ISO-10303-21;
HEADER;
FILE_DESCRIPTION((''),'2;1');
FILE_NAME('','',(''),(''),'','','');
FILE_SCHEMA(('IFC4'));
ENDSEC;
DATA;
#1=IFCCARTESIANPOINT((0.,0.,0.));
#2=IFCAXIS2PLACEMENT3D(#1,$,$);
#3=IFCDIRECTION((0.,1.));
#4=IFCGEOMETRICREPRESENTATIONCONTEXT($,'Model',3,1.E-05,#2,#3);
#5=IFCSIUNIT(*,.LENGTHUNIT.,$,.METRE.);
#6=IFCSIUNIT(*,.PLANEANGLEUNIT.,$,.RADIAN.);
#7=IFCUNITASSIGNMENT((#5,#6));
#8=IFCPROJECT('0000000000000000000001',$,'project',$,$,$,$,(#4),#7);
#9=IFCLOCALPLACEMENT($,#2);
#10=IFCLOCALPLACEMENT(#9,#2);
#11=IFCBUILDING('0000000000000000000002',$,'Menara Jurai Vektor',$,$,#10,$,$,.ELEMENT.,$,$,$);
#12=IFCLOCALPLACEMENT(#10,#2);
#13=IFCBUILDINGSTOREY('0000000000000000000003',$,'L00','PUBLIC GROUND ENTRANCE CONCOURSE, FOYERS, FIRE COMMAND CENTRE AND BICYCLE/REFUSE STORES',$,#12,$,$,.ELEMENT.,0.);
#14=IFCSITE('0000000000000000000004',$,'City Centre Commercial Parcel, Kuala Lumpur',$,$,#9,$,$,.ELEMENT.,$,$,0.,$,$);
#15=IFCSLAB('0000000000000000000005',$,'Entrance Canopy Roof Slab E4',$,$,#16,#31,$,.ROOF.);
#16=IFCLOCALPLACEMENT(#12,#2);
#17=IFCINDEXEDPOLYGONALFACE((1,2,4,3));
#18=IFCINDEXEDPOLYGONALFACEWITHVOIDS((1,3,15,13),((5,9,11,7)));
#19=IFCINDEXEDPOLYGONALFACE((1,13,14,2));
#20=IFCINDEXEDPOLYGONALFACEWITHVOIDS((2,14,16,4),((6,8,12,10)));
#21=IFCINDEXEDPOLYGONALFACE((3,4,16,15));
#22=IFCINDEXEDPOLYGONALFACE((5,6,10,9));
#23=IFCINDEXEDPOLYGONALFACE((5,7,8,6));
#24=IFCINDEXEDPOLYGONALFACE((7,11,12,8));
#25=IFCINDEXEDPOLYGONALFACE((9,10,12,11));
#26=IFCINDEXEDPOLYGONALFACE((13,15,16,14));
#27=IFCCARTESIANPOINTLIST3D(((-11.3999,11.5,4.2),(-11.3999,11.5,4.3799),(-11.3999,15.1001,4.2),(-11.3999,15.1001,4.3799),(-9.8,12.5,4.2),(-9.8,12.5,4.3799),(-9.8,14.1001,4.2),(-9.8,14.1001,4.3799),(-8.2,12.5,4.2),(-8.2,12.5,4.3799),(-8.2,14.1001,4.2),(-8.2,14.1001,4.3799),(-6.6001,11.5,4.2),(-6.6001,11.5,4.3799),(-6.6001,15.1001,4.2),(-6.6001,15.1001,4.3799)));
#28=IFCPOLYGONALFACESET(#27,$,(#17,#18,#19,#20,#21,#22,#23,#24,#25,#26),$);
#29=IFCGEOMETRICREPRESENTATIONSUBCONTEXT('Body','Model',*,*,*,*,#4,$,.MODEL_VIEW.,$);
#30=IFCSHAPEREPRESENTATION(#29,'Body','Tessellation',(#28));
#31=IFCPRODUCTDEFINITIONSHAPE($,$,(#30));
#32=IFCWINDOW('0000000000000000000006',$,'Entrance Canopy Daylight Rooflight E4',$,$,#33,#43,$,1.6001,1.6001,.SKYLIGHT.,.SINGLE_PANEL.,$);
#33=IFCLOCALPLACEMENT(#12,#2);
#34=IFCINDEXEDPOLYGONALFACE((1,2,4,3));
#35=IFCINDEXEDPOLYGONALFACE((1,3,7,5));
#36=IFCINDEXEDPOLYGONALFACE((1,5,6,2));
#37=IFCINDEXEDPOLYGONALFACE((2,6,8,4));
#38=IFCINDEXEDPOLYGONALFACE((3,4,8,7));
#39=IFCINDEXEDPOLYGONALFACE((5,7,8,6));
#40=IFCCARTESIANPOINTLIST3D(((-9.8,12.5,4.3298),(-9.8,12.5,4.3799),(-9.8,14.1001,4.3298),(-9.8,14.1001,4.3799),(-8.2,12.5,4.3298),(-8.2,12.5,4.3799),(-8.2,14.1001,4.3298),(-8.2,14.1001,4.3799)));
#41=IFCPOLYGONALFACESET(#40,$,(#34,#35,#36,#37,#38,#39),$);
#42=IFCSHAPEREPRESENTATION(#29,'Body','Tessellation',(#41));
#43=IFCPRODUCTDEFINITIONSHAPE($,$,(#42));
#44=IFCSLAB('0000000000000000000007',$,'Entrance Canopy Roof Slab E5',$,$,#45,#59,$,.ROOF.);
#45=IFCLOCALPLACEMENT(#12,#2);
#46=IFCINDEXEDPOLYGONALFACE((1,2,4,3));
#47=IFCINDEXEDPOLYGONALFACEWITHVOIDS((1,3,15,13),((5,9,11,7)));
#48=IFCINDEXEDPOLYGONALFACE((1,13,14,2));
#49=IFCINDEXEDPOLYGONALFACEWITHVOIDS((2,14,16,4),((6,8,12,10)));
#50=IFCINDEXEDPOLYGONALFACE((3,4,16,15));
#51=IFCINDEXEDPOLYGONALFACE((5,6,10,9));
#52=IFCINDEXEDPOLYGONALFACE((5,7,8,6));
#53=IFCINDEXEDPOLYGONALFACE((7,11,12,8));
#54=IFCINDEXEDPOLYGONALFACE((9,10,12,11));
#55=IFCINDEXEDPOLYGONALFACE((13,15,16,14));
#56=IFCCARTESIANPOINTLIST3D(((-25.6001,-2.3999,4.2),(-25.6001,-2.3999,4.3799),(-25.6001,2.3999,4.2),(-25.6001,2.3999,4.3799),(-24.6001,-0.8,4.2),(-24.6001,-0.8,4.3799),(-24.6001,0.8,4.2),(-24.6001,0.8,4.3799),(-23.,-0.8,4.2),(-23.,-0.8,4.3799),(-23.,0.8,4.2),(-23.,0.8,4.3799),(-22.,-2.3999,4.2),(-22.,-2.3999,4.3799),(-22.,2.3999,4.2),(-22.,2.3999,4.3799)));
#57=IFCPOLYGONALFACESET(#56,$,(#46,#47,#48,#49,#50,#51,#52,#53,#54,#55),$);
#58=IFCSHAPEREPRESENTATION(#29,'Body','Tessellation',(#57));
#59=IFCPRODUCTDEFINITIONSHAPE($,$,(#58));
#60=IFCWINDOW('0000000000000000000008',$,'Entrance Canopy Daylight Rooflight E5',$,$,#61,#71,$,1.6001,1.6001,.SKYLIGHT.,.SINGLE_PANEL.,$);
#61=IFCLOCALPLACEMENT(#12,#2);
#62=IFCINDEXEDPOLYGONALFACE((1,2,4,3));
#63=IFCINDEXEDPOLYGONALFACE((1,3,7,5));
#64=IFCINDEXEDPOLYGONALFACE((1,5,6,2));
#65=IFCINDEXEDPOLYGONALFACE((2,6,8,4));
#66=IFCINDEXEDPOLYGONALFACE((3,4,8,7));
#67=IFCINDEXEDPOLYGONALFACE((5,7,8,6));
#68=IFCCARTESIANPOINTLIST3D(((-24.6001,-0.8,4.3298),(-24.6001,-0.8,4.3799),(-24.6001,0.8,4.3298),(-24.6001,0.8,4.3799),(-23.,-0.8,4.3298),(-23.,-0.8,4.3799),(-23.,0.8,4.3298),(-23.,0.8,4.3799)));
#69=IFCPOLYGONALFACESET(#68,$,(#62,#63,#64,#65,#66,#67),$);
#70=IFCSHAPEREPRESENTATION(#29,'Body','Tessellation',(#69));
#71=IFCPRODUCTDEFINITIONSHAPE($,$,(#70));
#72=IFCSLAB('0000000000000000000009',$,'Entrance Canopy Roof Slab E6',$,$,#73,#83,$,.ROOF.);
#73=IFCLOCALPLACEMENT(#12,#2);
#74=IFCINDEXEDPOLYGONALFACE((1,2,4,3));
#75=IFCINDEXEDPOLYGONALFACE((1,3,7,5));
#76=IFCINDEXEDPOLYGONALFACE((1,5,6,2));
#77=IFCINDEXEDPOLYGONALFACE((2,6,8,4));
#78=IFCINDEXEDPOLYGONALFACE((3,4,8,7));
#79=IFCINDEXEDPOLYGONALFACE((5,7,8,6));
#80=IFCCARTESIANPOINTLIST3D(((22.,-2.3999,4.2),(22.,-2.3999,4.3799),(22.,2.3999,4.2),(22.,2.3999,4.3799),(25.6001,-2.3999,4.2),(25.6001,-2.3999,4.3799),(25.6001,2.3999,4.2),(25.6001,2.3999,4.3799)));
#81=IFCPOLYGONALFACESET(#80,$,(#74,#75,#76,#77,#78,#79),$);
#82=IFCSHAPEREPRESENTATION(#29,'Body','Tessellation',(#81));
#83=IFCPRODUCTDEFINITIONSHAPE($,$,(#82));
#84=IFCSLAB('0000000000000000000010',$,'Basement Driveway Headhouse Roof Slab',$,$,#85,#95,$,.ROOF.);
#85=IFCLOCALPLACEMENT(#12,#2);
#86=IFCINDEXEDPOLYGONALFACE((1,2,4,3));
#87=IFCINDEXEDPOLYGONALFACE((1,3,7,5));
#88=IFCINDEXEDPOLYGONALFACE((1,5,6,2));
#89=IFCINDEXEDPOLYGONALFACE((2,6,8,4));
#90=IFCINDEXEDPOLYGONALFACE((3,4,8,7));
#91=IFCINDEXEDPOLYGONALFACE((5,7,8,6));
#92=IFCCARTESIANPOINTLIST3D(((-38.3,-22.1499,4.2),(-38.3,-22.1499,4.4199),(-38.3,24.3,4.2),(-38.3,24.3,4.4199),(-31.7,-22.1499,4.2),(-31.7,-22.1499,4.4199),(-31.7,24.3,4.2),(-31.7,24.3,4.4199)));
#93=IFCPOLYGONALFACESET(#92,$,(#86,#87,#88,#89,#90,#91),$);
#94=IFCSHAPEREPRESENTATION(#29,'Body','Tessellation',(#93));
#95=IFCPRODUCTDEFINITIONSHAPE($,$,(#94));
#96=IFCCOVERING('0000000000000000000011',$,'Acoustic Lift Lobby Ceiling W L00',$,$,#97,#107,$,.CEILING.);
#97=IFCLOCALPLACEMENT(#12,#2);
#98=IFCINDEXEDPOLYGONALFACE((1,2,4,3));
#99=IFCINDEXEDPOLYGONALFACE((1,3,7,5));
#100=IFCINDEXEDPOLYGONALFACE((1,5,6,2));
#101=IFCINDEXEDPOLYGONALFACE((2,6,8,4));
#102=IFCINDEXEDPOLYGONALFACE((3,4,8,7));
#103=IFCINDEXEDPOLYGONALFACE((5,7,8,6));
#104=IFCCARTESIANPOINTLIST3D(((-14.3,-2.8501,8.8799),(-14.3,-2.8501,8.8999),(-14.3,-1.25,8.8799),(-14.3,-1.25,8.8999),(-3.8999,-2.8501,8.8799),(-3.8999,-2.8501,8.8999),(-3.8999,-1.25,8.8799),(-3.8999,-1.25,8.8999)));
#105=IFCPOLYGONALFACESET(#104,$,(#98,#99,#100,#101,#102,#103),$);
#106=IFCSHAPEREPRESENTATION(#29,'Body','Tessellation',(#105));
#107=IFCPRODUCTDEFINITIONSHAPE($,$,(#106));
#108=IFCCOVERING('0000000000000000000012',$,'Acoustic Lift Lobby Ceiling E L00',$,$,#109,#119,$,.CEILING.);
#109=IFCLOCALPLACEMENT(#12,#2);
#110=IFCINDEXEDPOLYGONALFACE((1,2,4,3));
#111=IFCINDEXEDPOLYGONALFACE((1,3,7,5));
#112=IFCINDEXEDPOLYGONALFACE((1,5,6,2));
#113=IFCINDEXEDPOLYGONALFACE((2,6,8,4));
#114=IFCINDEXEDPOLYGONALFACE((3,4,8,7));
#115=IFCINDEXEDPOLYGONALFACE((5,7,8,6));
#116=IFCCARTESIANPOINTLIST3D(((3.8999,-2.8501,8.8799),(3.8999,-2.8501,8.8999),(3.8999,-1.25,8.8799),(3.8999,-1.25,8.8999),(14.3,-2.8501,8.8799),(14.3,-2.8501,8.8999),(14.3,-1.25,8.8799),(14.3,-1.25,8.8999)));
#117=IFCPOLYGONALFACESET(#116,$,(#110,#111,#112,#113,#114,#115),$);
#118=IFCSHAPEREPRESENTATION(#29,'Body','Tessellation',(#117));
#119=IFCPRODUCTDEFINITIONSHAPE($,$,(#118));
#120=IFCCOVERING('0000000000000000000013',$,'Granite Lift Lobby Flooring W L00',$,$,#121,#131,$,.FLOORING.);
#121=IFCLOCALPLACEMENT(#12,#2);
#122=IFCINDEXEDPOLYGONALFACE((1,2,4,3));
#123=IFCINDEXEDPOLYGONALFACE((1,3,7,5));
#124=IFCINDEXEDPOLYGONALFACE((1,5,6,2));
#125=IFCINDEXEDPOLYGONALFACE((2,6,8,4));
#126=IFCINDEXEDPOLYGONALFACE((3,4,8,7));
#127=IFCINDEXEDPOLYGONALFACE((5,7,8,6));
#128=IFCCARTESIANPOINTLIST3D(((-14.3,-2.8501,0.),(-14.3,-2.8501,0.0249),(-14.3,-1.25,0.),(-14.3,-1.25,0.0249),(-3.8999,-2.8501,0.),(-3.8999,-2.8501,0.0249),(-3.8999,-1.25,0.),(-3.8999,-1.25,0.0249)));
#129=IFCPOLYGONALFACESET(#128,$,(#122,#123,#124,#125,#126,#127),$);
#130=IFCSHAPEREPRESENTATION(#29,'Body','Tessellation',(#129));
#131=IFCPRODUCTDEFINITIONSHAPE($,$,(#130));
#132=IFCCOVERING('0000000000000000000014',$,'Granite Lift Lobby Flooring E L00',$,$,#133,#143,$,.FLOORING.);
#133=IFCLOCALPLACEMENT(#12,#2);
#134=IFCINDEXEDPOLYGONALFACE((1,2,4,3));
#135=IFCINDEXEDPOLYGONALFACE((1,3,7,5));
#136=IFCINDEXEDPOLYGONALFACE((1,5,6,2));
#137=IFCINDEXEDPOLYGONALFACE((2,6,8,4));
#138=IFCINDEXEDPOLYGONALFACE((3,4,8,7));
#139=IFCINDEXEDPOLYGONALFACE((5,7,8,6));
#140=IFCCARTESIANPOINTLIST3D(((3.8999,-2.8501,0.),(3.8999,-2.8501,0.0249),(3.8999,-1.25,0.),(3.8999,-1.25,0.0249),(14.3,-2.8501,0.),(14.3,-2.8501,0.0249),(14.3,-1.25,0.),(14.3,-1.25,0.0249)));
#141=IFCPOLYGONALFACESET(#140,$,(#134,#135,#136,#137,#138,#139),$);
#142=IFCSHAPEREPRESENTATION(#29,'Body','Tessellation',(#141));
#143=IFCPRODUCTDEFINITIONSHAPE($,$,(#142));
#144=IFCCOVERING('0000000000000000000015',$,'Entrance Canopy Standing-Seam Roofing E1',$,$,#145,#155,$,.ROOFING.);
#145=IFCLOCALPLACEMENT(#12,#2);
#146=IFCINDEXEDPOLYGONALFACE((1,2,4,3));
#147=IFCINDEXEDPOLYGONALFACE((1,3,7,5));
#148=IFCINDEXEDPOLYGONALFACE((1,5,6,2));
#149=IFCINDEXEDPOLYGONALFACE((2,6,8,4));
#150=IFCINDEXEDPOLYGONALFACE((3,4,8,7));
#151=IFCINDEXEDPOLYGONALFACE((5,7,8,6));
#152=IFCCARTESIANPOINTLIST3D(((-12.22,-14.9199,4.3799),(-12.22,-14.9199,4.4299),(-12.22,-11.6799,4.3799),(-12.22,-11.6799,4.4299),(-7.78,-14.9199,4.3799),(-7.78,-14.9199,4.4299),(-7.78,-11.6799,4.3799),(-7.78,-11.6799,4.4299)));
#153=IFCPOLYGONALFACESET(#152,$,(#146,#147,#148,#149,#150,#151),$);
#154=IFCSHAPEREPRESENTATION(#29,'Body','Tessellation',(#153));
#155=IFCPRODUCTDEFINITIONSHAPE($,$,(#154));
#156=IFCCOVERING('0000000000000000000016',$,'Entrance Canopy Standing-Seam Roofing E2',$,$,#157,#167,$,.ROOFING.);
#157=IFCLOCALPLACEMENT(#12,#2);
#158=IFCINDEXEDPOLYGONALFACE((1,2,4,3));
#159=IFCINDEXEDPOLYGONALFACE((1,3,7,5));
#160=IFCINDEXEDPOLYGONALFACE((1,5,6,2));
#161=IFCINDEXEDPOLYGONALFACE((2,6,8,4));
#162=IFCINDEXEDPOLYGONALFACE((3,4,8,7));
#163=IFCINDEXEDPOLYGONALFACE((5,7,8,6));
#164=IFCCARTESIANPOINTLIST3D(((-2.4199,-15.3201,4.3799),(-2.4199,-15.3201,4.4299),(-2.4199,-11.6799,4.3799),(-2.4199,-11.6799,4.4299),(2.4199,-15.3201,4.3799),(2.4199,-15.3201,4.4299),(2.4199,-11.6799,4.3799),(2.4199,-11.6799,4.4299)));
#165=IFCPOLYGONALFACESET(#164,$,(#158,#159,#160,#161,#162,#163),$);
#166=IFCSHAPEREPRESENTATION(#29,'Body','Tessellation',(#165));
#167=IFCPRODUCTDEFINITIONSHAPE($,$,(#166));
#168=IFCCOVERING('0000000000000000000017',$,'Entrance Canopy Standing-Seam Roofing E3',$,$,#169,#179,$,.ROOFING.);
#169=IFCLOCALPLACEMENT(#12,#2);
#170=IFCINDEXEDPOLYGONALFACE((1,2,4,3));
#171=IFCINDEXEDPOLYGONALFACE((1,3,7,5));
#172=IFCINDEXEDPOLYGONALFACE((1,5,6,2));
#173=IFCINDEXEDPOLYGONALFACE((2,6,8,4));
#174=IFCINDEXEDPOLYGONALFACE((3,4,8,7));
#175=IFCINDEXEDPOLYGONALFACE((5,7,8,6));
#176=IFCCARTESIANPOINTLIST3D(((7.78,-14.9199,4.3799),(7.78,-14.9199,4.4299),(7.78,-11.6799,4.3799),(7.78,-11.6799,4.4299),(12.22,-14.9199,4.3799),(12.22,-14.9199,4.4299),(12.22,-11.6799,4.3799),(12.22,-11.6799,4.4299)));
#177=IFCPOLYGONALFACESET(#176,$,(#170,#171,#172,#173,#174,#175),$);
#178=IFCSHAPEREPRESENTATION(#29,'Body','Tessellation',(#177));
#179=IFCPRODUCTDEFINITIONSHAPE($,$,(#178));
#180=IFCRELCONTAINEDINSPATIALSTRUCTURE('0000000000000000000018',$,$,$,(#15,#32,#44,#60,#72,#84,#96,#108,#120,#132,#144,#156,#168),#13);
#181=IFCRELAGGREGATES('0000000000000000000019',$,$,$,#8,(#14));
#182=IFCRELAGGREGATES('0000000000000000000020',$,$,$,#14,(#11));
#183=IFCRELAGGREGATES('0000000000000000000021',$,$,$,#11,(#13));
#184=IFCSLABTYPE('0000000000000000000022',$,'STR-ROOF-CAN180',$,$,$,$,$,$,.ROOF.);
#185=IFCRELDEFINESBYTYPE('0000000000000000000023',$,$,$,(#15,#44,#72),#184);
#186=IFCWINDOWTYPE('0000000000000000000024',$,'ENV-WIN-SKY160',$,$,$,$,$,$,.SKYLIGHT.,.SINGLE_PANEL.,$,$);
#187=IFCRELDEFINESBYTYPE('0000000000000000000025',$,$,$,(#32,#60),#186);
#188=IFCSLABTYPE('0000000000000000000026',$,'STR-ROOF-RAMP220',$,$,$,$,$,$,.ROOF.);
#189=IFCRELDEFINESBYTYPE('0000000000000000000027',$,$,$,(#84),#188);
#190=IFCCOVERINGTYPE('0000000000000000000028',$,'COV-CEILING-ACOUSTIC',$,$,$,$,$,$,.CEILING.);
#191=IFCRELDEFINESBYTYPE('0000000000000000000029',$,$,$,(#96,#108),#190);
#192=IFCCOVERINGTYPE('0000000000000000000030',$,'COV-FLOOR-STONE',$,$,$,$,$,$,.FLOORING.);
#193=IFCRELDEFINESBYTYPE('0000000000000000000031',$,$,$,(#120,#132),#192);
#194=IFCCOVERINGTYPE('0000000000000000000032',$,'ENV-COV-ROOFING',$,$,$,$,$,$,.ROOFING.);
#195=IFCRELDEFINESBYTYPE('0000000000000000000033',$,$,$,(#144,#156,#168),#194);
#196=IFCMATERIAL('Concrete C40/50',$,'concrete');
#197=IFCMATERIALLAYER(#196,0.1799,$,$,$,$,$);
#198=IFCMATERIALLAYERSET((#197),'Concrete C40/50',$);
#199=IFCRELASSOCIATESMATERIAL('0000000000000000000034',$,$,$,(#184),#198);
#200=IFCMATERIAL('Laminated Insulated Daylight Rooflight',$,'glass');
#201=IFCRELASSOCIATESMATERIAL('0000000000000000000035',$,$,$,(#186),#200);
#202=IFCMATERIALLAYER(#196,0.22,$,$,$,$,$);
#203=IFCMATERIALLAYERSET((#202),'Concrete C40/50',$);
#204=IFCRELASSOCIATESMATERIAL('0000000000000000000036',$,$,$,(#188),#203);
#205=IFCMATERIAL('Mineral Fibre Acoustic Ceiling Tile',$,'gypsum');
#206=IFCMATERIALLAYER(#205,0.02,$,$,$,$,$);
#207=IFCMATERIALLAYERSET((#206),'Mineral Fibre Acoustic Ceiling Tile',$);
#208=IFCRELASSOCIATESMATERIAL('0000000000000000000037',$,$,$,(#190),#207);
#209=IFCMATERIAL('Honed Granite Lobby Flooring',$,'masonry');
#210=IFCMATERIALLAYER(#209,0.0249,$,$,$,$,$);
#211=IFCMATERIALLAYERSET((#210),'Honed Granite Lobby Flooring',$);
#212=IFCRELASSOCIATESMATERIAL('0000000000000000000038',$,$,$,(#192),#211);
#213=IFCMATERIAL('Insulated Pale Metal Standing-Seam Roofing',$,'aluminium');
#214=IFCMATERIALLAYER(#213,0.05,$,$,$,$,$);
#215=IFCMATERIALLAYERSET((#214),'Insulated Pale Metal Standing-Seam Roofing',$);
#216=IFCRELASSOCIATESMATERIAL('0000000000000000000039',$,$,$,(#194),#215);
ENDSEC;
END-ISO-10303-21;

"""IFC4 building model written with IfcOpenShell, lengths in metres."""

from ifc_helpers import new_model, si_unit, direction, frame, origin, origin_2d, place, context, subcontext, project, spatial, polyline, rectangle, outline, extrude, material, layer, layer_set, type_object, element, fill, save


model = new_model("IFC4")

# Units and contexts
model_context = context("Model", 3, precision=1e-05, world=origin(), true_north=direction((0.0, 1.0)))
body_context = subcontext(model_context, "Body", "Model", "MODEL_VIEW")
ifc_project = project(units=[si_unit("LENGTHUNIT", "METRE"), si_unit("PLANEANGLEUNIT", "RADIAN")], contexts=[model_context])

# Site, building, storey
site_placement = place(None, origin())
site = spatial("IfcSite", under=ifc_project, at=site_placement, Name="City Centre Commercial Parcel, Kuala Lumpur", CompositionType="ELEMENT", RefElevation=0.0)
building_placement = place(site_placement, origin())
building = spatial("IfcBuilding", under=site, at=building_placement, Name="Menara Jurai Vektor", CompositionType="ELEMENT")
storey_placement = place(building_placement, origin())
storey = spatial("IfcBuildingStorey", under=building, at=storey_placement, Name="L00", Description="PUBLIC GROUND ENTRANCE CONCOURSE, FOYERS, FIRE COMMAND CENTRE AND BICYCLE/REFUSE STORES", CompositionType="ELEMENT", Elevation=0.0)

# Shared definitions
ifc_material_1 = material(Name="Concrete C40/50", Category="concrete")

# Slabs, openings, windows
ifc_layer_1 = layer(ifc_material_1, 0.1799)
ifc_layer_set_1 = layer_set([ifc_layer_1], Name="Concrete C40/50")
slab_type_1 = type_object("IfcSlabType", Name="STR-ROOF-CAN180", PredefinedType="ROOF", material=ifc_layer_set_1)
ifc_material_2 = material(Name="Laminated Insulated Daylight Rooflight", Category="glass")
window_type = type_object("IfcWindowType", Name="ENV-WIN-SKY160", PartitioningType="SINGLE_PANEL", PredefinedType="SKYLIGHT", material=ifc_material_2)
slab_1_placement = place(storey_placement, frame((0.0, 0.0, 4.2)))
slab_1 = element("IfcSlab", 1, at=slab_1_placement, inside=storey, type_object=slab_type_1, Name="Entrance Canopy Roof Slab E4", PredefinedType="ROOF", context=body_context, shape_type="SweptSolid", body=[
    extrude(outline(polyline([(-6.6001, 11.5), (-6.6001, 15.1001), (-11.3999, 15.1001), (-11.3999, 11.5), (-6.6001, 11.5)])), origin(), (0.0, 0.0, 1.0), 0.1799),
])
opening_1_placement = place(slab_1_placement, frame((-9.0, 13.3, 0.0)))
opening_1 = element("IfcOpeningElement", 2, at=opening_1_placement, cuts=slab_1, PredefinedType="OPENING", context=body_context, shape_type="SweptSolid", body=[
    extrude(rectangle(XDim=1.6001, YDim=1.6001, at=origin_2d()), frame((0.0, 0.0, -0.01)), (0.0, 0.0, 1.0), 0.2),
])
window_1_placement = place(opening_1_placement, frame((0.0, 0.0, 0.1299)))
window_1 = element("IfcWindow", 3, at=window_1_placement, inside=storey, type_object=window_type, Name="Entrance Canopy Daylight Rooflight E4", OverallHeight=1.6001, OverallWidth=1.6001, PartitioningType="SINGLE_PANEL", PredefinedType="SKYLIGHT", context=body_context, shape_type="SweptSolid", body=[
    extrude(rectangle(XDim=1.6001, YDim=1.6001, at=origin_2d()), origin(), (0.0, 0.0, 1.0), 0.05),
])
fill(opening_1, window_1)
slab_2_placement = place(storey_placement, frame((0.0, 0.0, 4.2)))
slab_2 = element("IfcSlab", 4, at=slab_2_placement, inside=storey, type_object=slab_type_1, Name="Entrance Canopy Roof Slab E5", PredefinedType="ROOF", context=body_context, shape_type="SweptSolid", body=[
    extrude(outline(polyline([(-22.0, -2.3999), (-22.0, 2.3999), (-25.6001, 2.3999), (-25.6001, -2.3999), (-22.0, -2.3999)])), origin(), (0.0, 0.0, 1.0), 0.1799),
])
opening_2_placement = place(slab_2_placement, frame((-23.8, 0.0, 0.0)))
opening_2 = element("IfcOpeningElement", 5, at=opening_2_placement, cuts=slab_2, PredefinedType="OPENING", context=body_context, shape_type="SweptSolid", body=[
    extrude(rectangle(XDim=1.6001, YDim=1.6001, at=origin_2d()), frame((0.0, 0.0, -0.01)), (0.0, 0.0, 1.0), 0.2),
])
window_2_placement = place(opening_2_placement, frame((0.0, 0.0, 0.1299)))
window_2 = element("IfcWindow", 6, at=window_2_placement, inside=storey, type_object=window_type, Name="Entrance Canopy Daylight Rooflight E5", OverallHeight=1.6001, OverallWidth=1.6001, PartitioningType="SINGLE_PANEL", PredefinedType="SKYLIGHT", context=body_context, shape_type="SweptSolid", body=[
    extrude(rectangle(XDim=1.6001, YDim=1.6001, at=origin_2d()), origin(), (0.0, 0.0, 1.0), 0.05),
])
fill(opening_2, window_2)

# Slabs
slab_3_placement = place(storey_placement, frame((0.0, 0.0, 4.2)))
element("IfcSlab", 7, at=slab_3_placement, inside=storey, type_object=slab_type_1, Name="Entrance Canopy Roof Slab E6", PredefinedType="ROOF", context=body_context, shape_type="SweptSolid", body=[
    extrude(outline(polyline([(25.6001, -2.3999), (25.6001, 2.3999), (22.0, 2.3999), (22.0, -2.3999), (25.6001, -2.3999)])), origin(), (0.0, 0.0, 1.0), 0.1799),
])
ifc_layer_2 = layer(ifc_material_1, 0.22)
ifc_layer_set_2 = layer_set([ifc_layer_2], Name="Concrete C40/50")
slab_type_2 = type_object("IfcSlabType", Name="STR-ROOF-RAMP220", PredefinedType="ROOF", material=ifc_layer_set_2)
slab_4_placement = place(storey_placement, frame((0.0, 0.0, 4.2)))
element("IfcSlab", 8, at=slab_4_placement, inside=storey, type_object=slab_type_2, Name="Basement Driveway Headhouse Roof Slab", PredefinedType="ROOF", context=body_context, shape_type="SweptSolid", body=[
    extrude(outline(polyline([(-31.7, -22.1499), (-31.7, 24.3), (-38.3, 24.3), (-38.3, -22.1499), (-31.7, -22.1499)])), origin(), (0.0, 0.0, 1.0), 0.22),
])

# Coverings
ifc_material_3 = material(Name="Mineral Fibre Acoustic Ceiling Tile", Category="gypsum")
ifc_layer_3 = layer(ifc_material_3, 0.02)
ifc_layer_set_3 = layer_set([ifc_layer_3], Name="Mineral Fibre Acoustic Ceiling Tile")
covering_type_1 = type_object("IfcCoveringType", Name="COV-CEILING-ACOUSTIC", PredefinedType="CEILING", material=ifc_layer_set_3)
covering_1_placement = place(storey_placement, frame((0.0, 0.0, 8.8799)))
element("IfcCovering", 9, at=covering_1_placement, inside=storey, type_object=covering_type_1, Name="Acoustic Lift Lobby Ceiling W L00", PredefinedType="CEILING", context=body_context, shape_type="SweptSolid", body=[
    extrude(outline(polyline([(-14.3, -2.8501), (-3.8999, -2.8501), (-3.8999, -1.25), (-14.3, -1.25), (-14.3, -2.8501)])), origin(), (0.0, 0.0, 1.0), 0.02),
])
covering_2_placement = place(storey_placement, frame((0.0, 0.0, 8.8799)))
element("IfcCovering", 10, at=covering_2_placement, inside=storey, type_object=covering_type_1, Name="Acoustic Lift Lobby Ceiling E L00", PredefinedType="CEILING", context=body_context, shape_type="SweptSolid", body=[
    extrude(outline(polyline([(3.8999, -2.8501), (14.3, -2.8501), (14.3, -1.25), (3.8999, -1.25), (3.8999, -2.8501)])), origin(), (0.0, 0.0, 1.0), 0.02),
])
ifc_material_4 = material(Name="Honed Granite Lobby Flooring", Category="masonry")
ifc_layer_4 = layer(ifc_material_4, 0.0249)
ifc_layer_set_4 = layer_set([ifc_layer_4], Name="Honed Granite Lobby Flooring")
covering_type_2 = type_object("IfcCoveringType", Name="COV-FLOOR-STONE", PredefinedType="FLOORING", material=ifc_layer_set_4)
covering_3_placement = place(storey_placement, origin())
element("IfcCovering", 11, at=covering_3_placement, inside=storey, type_object=covering_type_2, Name="Granite Lift Lobby Flooring W L00", PredefinedType="FLOORING", context=body_context, shape_type="SweptSolid", body=[
    extrude(outline(polyline([(-14.3, -2.8501), (-3.8999, -2.8501), (-3.8999, -1.25), (-14.3, -1.25), (-14.3, -2.8501)])), origin(), (0.0, 0.0, 1.0), 0.0249),
])
covering_4_placement = place(storey_placement, origin())
element("IfcCovering", 12, at=covering_4_placement, inside=storey, type_object=covering_type_2, Name="Granite Lift Lobby Flooring E L00", PredefinedType="FLOORING", context=body_context, shape_type="SweptSolid", body=[
    extrude(outline(polyline([(3.8999, -2.8501), (14.3, -2.8501), (14.3, -1.25), (3.8999, -1.25), (3.8999, -2.8501)])), origin(), (0.0, 0.0, 1.0), 0.0249),
])
ifc_material_5 = material(Name="Insulated Pale Metal Standing-Seam Roofing", Category="aluminium")
ifc_layer_5 = layer(ifc_material_5, 0.05)
ifc_layer_set_5 = layer_set([ifc_layer_5], Name="Insulated Pale Metal Standing-Seam Roofing")
covering_type_3 = type_object("IfcCoveringType", Name="ENV-COV-ROOFING", PredefinedType="ROOFING", material=ifc_layer_set_5)
covering_5_placement = place(storey_placement, frame((0.0, 0.0, 4.3799)))
element("IfcCovering", 13, at=covering_5_placement, inside=storey, type_object=covering_type_3, Name="Entrance Canopy Standing-Seam Roofing E1", PredefinedType="ROOFING", context=body_context, shape_type="SweptSolid", body=[
    extrude(outline(polyline([(-7.78, -11.6799), (-12.22, -11.6799), (-12.22, -14.9199), (-7.78, -14.9199), (-7.78, -11.6799)])), origin(), (0.0, 0.0, 1.0), 0.05),
])
covering_6_placement = place(storey_placement, frame((0.0, 0.0, 4.3799)))
element("IfcCovering", 14, at=covering_6_placement, inside=storey, type_object=covering_type_3, Name="Entrance Canopy Standing-Seam Roofing E2", PredefinedType="ROOFING", context=body_context, shape_type="SweptSolid", body=[
    extrude(outline(polyline([(2.4199, -11.6799), (-2.4199, -11.6799), (-2.4199, -15.3201), (2.4199, -15.3201), (2.4199, -11.6799)])), origin(), (0.0, 0.0, 1.0), 0.05),
])
covering_7_placement = place(storey_placement, frame((0.0, 0.0, 4.3799)))
element("IfcCovering", 15, at=covering_7_placement, inside=storey, type_object=covering_type_3, Name="Entrance Canopy Standing-Seam Roofing E3", PredefinedType="ROOFING", context=body_context, shape_type="SweptSolid", body=[
    extrude(outline(polyline([(12.22, -11.6799), (7.78, -11.6799), (7.78, -14.9199), (12.22, -14.9199), (12.22, -11.6799)])), origin(), (0.0, 0.0, 1.0), 0.05),
])

save(model, "model.ifc")
